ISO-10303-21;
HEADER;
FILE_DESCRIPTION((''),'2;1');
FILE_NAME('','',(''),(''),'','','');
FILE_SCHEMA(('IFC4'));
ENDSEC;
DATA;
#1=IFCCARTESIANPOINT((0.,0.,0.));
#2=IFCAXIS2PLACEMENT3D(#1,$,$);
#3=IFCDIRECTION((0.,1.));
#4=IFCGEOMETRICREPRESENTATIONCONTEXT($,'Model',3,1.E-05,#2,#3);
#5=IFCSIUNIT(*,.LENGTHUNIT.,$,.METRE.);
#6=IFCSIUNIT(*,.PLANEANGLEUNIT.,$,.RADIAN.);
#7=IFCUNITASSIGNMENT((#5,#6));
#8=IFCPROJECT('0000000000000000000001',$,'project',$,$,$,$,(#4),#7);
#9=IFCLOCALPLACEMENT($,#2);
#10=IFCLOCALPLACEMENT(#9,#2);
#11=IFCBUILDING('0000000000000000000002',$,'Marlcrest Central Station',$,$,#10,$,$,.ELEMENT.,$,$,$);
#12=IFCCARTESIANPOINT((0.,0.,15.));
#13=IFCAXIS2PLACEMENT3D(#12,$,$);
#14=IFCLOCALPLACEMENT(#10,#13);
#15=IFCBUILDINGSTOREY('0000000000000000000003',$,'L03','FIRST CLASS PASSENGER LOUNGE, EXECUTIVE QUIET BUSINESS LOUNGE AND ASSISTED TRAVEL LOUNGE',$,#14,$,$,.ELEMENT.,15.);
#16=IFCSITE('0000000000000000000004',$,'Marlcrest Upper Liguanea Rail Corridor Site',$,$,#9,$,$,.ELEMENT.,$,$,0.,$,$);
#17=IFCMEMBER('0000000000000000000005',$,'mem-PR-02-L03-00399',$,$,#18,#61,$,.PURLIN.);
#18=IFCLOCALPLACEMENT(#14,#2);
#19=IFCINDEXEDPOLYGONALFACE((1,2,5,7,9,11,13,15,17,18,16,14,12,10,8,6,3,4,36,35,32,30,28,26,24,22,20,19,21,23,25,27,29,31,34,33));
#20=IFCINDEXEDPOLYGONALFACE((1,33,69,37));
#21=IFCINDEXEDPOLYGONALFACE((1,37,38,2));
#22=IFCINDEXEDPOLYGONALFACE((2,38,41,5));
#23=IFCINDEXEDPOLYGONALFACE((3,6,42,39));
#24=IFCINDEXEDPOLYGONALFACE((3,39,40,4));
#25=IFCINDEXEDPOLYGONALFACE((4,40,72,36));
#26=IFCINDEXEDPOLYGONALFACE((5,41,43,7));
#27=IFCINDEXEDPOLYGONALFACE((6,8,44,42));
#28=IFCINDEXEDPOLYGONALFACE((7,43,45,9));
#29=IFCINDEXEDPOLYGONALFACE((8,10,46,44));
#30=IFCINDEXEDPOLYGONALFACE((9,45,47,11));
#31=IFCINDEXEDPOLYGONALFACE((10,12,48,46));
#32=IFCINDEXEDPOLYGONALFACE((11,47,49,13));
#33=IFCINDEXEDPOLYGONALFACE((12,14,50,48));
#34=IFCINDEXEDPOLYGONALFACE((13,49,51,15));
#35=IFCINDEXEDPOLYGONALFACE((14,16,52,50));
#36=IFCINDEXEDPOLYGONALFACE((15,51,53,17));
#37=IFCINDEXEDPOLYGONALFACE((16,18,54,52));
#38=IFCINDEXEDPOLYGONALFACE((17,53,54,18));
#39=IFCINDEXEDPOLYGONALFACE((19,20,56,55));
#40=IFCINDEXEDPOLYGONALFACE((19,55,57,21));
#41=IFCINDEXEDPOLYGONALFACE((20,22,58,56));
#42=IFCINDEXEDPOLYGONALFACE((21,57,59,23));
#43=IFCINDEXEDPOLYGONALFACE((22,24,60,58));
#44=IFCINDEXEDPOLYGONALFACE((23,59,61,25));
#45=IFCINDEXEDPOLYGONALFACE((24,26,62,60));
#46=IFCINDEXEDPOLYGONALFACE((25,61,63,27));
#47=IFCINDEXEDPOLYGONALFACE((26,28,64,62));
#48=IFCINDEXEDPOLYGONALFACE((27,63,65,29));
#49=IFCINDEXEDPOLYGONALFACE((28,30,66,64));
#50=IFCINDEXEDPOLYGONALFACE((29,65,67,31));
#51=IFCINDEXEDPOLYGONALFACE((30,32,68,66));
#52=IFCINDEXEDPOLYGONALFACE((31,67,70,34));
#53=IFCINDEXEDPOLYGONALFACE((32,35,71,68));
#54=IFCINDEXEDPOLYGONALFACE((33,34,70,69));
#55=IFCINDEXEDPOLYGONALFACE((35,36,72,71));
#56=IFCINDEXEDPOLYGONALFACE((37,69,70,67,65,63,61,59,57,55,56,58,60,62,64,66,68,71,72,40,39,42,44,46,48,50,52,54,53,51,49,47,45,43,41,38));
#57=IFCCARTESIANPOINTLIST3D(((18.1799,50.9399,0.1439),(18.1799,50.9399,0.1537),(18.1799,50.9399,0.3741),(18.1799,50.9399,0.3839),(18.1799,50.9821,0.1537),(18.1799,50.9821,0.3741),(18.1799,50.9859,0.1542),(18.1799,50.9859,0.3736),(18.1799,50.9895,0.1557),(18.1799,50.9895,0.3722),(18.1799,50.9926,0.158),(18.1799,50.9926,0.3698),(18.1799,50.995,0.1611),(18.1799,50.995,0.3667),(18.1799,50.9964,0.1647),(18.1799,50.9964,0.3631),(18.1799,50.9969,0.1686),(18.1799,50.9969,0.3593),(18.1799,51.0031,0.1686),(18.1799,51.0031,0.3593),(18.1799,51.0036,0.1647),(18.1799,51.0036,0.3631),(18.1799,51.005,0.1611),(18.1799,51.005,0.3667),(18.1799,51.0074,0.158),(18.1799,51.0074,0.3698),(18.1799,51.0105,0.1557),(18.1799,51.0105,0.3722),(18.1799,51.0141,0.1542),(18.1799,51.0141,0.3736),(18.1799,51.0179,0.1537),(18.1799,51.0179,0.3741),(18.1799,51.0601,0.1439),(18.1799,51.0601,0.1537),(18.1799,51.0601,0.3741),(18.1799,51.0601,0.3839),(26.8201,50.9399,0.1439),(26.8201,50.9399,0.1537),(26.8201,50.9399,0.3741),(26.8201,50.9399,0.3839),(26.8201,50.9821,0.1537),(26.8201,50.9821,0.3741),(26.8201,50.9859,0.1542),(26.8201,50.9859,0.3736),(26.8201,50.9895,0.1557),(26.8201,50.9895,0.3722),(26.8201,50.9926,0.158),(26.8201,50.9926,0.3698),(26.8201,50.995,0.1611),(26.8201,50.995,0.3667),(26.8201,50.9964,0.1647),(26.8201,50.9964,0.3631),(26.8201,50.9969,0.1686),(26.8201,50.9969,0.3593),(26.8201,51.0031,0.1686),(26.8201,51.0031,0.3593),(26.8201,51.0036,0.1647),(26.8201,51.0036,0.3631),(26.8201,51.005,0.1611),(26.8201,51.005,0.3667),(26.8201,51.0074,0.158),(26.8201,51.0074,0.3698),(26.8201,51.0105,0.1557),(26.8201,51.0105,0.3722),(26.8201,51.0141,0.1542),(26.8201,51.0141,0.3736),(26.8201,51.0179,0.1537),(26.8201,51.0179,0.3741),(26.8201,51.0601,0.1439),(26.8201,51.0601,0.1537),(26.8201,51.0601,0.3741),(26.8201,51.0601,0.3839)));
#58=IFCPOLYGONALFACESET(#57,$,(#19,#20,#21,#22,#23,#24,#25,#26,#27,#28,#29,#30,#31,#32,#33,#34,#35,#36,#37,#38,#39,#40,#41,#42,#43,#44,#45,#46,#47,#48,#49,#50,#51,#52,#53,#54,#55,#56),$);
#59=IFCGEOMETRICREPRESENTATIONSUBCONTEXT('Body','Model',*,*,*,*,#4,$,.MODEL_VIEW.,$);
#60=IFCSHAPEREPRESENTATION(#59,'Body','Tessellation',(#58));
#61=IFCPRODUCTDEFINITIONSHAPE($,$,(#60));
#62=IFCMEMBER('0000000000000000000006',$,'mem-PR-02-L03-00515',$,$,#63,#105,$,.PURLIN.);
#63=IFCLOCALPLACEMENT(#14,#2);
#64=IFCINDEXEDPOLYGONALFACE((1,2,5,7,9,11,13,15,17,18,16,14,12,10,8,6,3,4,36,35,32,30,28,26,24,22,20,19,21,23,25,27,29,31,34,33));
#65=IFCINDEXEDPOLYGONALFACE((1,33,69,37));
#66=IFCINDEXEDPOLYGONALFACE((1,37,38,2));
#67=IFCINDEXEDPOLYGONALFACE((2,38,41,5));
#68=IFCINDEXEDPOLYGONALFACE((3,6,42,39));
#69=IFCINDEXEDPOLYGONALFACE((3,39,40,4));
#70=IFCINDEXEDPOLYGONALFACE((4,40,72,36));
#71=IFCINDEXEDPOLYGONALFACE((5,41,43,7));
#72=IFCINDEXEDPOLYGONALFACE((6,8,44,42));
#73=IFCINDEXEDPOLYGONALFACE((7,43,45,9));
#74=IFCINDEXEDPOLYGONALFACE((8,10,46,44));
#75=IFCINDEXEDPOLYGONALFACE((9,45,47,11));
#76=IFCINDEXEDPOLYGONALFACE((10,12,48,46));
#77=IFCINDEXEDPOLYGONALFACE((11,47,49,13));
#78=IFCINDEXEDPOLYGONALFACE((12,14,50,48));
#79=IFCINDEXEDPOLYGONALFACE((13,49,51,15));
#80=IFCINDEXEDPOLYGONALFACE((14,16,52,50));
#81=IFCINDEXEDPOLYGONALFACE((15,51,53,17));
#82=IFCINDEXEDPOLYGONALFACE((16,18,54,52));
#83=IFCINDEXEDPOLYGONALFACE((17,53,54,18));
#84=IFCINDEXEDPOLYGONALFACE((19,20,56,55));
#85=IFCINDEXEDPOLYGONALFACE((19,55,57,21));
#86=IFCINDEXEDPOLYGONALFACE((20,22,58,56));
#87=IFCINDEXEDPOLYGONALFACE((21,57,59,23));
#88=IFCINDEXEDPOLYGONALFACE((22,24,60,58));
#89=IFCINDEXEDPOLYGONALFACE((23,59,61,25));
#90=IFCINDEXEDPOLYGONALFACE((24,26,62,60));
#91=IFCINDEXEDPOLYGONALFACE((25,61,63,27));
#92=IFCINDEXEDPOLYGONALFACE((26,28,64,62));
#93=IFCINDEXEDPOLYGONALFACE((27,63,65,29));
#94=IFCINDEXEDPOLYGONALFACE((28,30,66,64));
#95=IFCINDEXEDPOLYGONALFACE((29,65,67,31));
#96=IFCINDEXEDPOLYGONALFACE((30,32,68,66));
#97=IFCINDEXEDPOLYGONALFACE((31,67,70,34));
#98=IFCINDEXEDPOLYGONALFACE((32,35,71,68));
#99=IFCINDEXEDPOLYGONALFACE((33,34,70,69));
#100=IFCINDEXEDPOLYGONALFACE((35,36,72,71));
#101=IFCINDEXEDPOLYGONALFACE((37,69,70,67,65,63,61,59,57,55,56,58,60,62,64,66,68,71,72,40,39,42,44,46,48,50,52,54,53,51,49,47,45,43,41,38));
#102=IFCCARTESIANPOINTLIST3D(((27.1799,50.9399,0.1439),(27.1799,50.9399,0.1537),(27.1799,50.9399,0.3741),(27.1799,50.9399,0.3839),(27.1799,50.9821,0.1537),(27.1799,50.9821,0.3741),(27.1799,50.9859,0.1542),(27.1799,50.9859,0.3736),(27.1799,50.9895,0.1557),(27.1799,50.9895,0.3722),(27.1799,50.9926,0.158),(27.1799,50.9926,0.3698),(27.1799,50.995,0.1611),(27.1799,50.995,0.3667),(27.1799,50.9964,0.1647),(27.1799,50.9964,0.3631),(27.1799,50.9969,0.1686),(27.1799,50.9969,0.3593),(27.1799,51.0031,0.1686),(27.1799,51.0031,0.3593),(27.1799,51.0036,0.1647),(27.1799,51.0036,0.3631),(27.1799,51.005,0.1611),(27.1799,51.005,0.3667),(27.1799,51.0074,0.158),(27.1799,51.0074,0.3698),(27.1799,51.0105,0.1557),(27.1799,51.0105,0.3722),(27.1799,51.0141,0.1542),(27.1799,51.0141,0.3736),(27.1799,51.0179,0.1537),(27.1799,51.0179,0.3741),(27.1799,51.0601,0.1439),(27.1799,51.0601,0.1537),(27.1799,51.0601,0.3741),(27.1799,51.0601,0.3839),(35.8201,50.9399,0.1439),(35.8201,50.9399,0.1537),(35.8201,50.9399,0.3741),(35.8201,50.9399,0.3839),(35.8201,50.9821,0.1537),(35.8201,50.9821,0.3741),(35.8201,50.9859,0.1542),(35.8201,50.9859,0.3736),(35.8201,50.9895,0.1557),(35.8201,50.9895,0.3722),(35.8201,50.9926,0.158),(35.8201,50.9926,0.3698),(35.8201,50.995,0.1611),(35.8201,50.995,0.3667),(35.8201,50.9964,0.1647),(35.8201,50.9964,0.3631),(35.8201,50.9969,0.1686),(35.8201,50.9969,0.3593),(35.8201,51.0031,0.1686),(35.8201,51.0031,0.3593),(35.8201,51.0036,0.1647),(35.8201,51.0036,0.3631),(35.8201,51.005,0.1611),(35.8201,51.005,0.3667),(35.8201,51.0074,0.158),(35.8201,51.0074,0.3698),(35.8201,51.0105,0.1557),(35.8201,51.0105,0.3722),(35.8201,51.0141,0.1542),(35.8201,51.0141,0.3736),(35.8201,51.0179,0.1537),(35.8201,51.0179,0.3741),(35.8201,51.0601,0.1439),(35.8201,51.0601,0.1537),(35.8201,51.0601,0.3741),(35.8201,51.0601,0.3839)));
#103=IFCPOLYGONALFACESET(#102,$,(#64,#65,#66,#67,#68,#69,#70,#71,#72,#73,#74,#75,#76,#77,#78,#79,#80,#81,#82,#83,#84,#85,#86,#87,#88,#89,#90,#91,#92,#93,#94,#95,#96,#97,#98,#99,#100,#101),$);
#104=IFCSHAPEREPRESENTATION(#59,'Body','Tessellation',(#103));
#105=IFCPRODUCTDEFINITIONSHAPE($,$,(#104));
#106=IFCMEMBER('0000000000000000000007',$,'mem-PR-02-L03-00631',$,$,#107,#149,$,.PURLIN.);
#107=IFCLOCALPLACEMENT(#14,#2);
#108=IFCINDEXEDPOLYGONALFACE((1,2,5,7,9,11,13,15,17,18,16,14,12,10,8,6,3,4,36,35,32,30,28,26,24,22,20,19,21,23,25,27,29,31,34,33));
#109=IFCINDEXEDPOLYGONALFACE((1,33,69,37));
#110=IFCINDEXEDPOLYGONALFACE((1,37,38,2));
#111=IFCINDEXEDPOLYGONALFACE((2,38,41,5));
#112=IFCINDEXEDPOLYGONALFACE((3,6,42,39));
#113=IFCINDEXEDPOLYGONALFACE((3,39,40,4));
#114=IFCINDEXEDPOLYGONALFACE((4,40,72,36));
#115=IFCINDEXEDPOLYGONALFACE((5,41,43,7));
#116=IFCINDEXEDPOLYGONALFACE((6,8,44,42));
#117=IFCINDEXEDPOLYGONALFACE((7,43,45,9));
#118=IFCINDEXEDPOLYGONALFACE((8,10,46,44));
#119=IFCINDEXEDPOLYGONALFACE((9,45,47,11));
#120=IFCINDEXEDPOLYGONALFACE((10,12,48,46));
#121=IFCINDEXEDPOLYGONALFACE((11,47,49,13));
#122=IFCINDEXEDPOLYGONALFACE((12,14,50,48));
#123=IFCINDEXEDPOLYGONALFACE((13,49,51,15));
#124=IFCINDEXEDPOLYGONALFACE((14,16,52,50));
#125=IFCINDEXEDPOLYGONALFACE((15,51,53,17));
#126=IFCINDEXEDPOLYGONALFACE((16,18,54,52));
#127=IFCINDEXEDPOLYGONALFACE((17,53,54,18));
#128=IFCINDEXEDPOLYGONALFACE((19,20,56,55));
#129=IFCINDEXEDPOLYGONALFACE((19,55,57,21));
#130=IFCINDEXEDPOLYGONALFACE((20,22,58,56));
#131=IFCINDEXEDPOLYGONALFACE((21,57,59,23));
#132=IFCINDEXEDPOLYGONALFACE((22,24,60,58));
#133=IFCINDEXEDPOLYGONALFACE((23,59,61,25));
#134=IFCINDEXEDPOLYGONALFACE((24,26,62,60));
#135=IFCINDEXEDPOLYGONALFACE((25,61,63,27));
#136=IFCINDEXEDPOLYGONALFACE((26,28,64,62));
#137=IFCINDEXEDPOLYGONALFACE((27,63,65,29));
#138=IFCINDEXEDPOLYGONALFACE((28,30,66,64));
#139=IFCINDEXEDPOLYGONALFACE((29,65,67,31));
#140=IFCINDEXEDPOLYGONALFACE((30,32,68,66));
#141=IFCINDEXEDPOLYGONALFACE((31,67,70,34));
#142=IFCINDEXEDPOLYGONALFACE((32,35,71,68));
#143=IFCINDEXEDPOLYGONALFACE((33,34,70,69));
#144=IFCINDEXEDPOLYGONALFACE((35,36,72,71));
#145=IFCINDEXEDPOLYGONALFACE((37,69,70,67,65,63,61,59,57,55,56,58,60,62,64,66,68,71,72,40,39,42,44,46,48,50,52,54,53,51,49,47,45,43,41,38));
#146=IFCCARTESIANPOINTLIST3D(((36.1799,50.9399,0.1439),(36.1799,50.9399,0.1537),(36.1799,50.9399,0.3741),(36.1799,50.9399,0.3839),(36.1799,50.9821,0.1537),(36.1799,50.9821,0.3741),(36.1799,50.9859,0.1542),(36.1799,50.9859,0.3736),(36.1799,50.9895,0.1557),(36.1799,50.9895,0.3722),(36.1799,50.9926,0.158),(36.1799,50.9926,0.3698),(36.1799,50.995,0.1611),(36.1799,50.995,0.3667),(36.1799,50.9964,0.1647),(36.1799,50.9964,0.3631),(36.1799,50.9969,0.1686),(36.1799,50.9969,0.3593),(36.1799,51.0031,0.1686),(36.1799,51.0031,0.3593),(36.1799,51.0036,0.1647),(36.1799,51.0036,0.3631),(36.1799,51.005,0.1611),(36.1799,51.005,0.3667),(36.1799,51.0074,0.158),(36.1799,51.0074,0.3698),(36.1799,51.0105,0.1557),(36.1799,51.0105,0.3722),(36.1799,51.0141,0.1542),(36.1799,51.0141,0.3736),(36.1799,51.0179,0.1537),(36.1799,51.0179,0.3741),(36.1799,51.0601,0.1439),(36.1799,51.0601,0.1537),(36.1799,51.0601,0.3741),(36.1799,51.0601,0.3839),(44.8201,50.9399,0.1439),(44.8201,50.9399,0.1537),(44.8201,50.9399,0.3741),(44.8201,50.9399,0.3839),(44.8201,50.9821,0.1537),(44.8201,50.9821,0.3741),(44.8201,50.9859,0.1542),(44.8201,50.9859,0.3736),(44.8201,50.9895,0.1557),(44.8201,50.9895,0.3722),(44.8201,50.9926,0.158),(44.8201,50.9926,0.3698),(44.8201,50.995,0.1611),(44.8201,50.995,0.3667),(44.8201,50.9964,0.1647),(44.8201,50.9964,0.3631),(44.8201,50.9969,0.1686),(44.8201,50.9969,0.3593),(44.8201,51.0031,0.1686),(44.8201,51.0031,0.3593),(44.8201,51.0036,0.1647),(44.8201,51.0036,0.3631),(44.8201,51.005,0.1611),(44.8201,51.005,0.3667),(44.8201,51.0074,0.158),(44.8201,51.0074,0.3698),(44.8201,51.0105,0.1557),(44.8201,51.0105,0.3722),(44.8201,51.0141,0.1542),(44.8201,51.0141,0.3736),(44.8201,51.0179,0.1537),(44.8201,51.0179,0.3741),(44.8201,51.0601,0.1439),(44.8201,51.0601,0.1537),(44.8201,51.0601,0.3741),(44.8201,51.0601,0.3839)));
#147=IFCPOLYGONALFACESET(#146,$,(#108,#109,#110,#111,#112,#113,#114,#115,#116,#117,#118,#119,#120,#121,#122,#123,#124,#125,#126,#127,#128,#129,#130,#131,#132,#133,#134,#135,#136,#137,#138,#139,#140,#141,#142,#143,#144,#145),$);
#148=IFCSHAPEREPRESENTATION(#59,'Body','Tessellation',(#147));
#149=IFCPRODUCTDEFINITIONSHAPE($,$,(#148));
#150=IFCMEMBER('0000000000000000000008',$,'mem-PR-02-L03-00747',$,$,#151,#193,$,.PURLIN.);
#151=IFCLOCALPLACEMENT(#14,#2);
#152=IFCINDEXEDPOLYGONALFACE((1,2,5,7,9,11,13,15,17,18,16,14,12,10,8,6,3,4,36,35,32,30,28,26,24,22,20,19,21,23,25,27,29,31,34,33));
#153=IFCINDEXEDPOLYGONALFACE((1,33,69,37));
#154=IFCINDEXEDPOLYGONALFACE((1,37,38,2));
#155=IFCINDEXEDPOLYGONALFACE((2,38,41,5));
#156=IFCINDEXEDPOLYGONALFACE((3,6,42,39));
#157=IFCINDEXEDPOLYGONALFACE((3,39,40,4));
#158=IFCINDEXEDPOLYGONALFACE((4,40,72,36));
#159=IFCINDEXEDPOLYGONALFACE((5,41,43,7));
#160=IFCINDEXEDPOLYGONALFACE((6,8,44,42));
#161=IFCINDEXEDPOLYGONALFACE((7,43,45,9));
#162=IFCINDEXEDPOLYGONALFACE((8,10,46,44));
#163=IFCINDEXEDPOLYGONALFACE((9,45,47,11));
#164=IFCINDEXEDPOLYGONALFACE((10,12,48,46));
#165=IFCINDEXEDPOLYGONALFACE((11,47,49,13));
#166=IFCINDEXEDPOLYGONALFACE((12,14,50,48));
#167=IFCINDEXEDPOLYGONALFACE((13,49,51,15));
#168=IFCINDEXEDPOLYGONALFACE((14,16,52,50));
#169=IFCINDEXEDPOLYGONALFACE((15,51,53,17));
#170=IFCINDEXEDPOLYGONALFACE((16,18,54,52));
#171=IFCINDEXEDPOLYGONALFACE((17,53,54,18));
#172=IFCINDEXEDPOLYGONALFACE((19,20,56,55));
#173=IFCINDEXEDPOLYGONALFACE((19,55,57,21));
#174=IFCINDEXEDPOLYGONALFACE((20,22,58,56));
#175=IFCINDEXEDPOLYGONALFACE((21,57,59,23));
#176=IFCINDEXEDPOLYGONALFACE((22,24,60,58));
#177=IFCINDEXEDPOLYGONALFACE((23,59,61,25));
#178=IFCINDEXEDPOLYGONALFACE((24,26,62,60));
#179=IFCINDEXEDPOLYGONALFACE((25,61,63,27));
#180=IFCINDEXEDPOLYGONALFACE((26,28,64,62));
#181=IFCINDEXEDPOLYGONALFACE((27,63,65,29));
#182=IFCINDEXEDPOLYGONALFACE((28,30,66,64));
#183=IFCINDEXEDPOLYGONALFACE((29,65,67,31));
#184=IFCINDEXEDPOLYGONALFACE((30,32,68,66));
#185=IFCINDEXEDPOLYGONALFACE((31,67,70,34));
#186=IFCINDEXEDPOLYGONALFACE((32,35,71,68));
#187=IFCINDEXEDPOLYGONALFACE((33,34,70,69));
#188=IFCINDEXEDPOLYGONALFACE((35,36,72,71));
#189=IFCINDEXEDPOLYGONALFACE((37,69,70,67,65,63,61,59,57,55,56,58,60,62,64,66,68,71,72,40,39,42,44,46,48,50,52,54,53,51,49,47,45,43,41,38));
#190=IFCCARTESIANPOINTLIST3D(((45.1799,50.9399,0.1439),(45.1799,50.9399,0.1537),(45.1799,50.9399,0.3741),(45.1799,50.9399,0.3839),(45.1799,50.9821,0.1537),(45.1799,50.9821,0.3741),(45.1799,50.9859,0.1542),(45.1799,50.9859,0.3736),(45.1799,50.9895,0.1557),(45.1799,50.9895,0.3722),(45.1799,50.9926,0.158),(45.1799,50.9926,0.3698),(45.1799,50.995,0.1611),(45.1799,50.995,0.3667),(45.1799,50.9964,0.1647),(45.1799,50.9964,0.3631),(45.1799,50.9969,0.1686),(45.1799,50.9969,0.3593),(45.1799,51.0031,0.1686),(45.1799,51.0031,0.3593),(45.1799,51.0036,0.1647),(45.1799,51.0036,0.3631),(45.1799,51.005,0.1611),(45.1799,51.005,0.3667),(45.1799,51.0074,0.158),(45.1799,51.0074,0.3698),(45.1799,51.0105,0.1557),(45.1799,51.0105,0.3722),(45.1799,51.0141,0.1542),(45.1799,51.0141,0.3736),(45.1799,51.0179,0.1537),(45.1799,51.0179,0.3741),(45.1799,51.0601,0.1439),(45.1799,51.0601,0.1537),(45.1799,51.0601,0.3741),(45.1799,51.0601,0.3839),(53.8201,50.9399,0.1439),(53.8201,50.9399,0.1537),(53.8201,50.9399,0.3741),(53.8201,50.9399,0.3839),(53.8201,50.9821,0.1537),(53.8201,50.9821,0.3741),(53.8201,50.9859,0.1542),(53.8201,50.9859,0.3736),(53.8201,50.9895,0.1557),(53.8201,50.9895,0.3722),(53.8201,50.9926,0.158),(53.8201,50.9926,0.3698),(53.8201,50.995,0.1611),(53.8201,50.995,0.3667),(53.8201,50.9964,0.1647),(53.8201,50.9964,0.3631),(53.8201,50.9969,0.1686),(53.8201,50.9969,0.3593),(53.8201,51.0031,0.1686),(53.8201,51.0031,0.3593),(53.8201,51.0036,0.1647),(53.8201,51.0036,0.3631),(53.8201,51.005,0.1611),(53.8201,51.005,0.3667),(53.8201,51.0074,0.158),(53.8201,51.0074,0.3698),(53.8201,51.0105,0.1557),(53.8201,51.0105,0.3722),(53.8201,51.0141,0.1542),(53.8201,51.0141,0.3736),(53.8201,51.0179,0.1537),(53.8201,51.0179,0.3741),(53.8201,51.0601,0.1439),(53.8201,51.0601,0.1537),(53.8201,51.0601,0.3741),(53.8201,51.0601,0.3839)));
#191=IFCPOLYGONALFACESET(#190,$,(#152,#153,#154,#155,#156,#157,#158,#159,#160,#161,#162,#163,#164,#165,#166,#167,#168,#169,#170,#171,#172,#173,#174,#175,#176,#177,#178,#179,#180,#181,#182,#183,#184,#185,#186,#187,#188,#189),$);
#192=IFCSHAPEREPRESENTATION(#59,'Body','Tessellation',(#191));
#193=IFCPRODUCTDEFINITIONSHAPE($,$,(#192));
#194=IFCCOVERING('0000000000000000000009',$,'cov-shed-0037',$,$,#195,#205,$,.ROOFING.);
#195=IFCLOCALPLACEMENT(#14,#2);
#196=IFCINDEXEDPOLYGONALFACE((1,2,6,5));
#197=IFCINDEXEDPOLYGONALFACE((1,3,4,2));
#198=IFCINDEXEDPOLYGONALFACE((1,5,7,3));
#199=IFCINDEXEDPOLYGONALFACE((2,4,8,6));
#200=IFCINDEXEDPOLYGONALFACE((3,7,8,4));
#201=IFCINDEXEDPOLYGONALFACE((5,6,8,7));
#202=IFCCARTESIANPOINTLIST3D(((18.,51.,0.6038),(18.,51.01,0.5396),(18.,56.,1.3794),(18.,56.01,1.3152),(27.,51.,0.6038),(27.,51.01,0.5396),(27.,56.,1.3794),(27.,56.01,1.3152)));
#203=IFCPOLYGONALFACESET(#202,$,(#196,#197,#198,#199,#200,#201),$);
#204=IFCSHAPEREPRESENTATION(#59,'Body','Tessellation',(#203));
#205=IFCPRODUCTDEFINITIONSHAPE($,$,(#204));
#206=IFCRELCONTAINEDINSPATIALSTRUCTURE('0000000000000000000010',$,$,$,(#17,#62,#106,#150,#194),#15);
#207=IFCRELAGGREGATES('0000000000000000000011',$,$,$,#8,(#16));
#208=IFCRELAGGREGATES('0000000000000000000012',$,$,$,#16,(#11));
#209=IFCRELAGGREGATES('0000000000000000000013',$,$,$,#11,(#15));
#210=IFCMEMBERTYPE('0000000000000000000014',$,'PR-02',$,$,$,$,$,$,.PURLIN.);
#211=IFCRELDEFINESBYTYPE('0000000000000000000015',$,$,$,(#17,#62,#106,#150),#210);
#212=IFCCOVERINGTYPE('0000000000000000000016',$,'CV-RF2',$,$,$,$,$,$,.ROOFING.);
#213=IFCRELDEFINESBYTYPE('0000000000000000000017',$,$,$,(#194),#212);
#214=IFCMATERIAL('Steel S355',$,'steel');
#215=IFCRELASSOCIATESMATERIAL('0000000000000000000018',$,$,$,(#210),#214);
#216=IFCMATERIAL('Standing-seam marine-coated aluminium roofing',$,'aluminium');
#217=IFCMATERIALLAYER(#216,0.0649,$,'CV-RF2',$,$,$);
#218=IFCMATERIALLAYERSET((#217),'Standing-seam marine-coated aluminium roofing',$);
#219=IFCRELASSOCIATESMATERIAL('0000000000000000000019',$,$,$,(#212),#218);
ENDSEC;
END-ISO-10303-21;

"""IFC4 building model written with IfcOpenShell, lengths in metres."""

from ifc_helpers import new_model, si_unit, direction, frame, origin, origin_2d, place, context, subcontext, project, spatial, polyline, i_section, outline, extrude, material, layer, layer_set, material_profile, profile_set, type_object, element, save


model = new_model("IFC4")

# Units and contexts
model_context = context("Model", 3, precision=1e-05, world=origin(), true_north=direction((0.0, 1.0)))
body_context = subcontext(model_context, "Body", "Model", "MODEL_VIEW")
ifc_project = project(units=[si_unit("LENGTHUNIT", "METRE"), si_unit("PLANEANGLEUNIT", "RADIAN")], contexts=[model_context])

# Site, building, storey
site_placement = place(None, origin())
site = spatial("IfcSite", under=ifc_project, at=site_placement, Name="Marlcrest Upper Liguanea Rail Corridor Site", CompositionType="ELEMENT", RefElevation=0.0)
building_placement = place(site_placement, origin())
building = spatial("IfcBuilding", under=site, at=building_placement, Name="Marlcrest Central Station", CompositionType="ELEMENT")
storey_placement = place(building_placement, frame((0.0, 0.0, 15.0)))
storey = spatial("IfcBuildingStorey", under=building, at=storey_placement, Name="L03", Description="FIRST CLASS PASSENGER LOUNGE, EXECUTIVE QUIET BUSINESS LOUNGE AND ASSISTED TRAVEL LOUNGE", CompositionType="ELEMENT", Elevation=15.0)

# Members
ifc_material_1 = material(Name="Steel S355", Category="steel")
ifc_material_profile_1 = material_profile(ifc_material_1, i_section(OverallWidth=0.1201, OverallDepth=0.24, WebThickness=0.0061, FlangeThickness=0.0098, FilletRadius=0.0149, at=origin_2d()), Name="IPE 240")
ifc_profile_set_1 = profile_set([ifc_material_profile_1], Name="Steel S355")
member_type_1 = type_object("IfcMemberType", Name="PR-02", PredefinedType="PURLIN", material=ifc_profile_set_1)
for number, where, z_axis, x_axis, name in (
    (1, (18.1799, 51.0, 0.2639), (1.0, 0.0, 0.0), (0.0, 1.0, 0.0), "mem-PR-02-L03-00399"),
    (2, (27.1799, 51.0, 0.2639), (1.0, 0.0, 0.0), (0.0, 1.0, 0.0), "mem-PR-02-L03-00515"),
    (3, (36.1799, 51.0, 0.2639), (1.0, 0.0, 0.0), (0.0, 1.0, 0.0), "mem-PR-02-L03-00631"),
    (4, (45.1799, 51.0, 0.2639), (1.0, 0.0, 0.0), (0.0, 1.0, 0.0), "mem-PR-02-L03-00747"),
):
    element("IfcMember", number, at=place(storey_placement, frame(where, z_axis=z_axis, x_axis=x_axis)), inside=storey, type_object=member_type_1, Name=name, PredefinedType="PURLIN", context=body_context, shape_type="SweptSolid", body=[
        extrude(i_section(OverallWidth=0.1201, OverallDepth=0.24, WebThickness=0.0061, FlangeThickness=0.0098, FilletRadius=0.0149, at=origin_2d()), origin(), (0.0, 0.0, 1.0), 8.6401),
    ])

# Covering
ifc_material_2 = material(Name="Standing-seam marine-coated aluminium roofing", Category="aluminium")
ifc_layer = layer(ifc_material_2, 0.0649, Name="CV-RF2")
ifc_layer_set = layer_set([ifc_layer], Name="Standing-seam marine-coated aluminium roofing")
covering_type = type_object("IfcCoveringType", Name="CV-RF2", PredefinedType="ROOFING", material=ifc_layer_set)
for number, where, z_axis, x_axis, name in (
    (5, (18.0, 51.0, 0.6038), (0.0, -0.153293, 0.988181), (1.0, 0.0, 0.0), "cov-shed-0037"),
):
    element("IfcCovering", number, at=place(storey_placement, frame(where, z_axis=z_axis, x_axis=x_axis)), inside=storey, type_object=covering_type, Name=name, PredefinedType="ROOFING", context=body_context, shape_type="SweptSolid", body=[
        extrude(outline(polyline([(0.0, 0.0), (9.0, 0.0), (9.0, 5.0598), (0.0, 5.0598), (0.0, 0.0)])), origin(), (0.0, 0.0, -1.0), 0.0649),
    ])

save(model, "model.ifc")
